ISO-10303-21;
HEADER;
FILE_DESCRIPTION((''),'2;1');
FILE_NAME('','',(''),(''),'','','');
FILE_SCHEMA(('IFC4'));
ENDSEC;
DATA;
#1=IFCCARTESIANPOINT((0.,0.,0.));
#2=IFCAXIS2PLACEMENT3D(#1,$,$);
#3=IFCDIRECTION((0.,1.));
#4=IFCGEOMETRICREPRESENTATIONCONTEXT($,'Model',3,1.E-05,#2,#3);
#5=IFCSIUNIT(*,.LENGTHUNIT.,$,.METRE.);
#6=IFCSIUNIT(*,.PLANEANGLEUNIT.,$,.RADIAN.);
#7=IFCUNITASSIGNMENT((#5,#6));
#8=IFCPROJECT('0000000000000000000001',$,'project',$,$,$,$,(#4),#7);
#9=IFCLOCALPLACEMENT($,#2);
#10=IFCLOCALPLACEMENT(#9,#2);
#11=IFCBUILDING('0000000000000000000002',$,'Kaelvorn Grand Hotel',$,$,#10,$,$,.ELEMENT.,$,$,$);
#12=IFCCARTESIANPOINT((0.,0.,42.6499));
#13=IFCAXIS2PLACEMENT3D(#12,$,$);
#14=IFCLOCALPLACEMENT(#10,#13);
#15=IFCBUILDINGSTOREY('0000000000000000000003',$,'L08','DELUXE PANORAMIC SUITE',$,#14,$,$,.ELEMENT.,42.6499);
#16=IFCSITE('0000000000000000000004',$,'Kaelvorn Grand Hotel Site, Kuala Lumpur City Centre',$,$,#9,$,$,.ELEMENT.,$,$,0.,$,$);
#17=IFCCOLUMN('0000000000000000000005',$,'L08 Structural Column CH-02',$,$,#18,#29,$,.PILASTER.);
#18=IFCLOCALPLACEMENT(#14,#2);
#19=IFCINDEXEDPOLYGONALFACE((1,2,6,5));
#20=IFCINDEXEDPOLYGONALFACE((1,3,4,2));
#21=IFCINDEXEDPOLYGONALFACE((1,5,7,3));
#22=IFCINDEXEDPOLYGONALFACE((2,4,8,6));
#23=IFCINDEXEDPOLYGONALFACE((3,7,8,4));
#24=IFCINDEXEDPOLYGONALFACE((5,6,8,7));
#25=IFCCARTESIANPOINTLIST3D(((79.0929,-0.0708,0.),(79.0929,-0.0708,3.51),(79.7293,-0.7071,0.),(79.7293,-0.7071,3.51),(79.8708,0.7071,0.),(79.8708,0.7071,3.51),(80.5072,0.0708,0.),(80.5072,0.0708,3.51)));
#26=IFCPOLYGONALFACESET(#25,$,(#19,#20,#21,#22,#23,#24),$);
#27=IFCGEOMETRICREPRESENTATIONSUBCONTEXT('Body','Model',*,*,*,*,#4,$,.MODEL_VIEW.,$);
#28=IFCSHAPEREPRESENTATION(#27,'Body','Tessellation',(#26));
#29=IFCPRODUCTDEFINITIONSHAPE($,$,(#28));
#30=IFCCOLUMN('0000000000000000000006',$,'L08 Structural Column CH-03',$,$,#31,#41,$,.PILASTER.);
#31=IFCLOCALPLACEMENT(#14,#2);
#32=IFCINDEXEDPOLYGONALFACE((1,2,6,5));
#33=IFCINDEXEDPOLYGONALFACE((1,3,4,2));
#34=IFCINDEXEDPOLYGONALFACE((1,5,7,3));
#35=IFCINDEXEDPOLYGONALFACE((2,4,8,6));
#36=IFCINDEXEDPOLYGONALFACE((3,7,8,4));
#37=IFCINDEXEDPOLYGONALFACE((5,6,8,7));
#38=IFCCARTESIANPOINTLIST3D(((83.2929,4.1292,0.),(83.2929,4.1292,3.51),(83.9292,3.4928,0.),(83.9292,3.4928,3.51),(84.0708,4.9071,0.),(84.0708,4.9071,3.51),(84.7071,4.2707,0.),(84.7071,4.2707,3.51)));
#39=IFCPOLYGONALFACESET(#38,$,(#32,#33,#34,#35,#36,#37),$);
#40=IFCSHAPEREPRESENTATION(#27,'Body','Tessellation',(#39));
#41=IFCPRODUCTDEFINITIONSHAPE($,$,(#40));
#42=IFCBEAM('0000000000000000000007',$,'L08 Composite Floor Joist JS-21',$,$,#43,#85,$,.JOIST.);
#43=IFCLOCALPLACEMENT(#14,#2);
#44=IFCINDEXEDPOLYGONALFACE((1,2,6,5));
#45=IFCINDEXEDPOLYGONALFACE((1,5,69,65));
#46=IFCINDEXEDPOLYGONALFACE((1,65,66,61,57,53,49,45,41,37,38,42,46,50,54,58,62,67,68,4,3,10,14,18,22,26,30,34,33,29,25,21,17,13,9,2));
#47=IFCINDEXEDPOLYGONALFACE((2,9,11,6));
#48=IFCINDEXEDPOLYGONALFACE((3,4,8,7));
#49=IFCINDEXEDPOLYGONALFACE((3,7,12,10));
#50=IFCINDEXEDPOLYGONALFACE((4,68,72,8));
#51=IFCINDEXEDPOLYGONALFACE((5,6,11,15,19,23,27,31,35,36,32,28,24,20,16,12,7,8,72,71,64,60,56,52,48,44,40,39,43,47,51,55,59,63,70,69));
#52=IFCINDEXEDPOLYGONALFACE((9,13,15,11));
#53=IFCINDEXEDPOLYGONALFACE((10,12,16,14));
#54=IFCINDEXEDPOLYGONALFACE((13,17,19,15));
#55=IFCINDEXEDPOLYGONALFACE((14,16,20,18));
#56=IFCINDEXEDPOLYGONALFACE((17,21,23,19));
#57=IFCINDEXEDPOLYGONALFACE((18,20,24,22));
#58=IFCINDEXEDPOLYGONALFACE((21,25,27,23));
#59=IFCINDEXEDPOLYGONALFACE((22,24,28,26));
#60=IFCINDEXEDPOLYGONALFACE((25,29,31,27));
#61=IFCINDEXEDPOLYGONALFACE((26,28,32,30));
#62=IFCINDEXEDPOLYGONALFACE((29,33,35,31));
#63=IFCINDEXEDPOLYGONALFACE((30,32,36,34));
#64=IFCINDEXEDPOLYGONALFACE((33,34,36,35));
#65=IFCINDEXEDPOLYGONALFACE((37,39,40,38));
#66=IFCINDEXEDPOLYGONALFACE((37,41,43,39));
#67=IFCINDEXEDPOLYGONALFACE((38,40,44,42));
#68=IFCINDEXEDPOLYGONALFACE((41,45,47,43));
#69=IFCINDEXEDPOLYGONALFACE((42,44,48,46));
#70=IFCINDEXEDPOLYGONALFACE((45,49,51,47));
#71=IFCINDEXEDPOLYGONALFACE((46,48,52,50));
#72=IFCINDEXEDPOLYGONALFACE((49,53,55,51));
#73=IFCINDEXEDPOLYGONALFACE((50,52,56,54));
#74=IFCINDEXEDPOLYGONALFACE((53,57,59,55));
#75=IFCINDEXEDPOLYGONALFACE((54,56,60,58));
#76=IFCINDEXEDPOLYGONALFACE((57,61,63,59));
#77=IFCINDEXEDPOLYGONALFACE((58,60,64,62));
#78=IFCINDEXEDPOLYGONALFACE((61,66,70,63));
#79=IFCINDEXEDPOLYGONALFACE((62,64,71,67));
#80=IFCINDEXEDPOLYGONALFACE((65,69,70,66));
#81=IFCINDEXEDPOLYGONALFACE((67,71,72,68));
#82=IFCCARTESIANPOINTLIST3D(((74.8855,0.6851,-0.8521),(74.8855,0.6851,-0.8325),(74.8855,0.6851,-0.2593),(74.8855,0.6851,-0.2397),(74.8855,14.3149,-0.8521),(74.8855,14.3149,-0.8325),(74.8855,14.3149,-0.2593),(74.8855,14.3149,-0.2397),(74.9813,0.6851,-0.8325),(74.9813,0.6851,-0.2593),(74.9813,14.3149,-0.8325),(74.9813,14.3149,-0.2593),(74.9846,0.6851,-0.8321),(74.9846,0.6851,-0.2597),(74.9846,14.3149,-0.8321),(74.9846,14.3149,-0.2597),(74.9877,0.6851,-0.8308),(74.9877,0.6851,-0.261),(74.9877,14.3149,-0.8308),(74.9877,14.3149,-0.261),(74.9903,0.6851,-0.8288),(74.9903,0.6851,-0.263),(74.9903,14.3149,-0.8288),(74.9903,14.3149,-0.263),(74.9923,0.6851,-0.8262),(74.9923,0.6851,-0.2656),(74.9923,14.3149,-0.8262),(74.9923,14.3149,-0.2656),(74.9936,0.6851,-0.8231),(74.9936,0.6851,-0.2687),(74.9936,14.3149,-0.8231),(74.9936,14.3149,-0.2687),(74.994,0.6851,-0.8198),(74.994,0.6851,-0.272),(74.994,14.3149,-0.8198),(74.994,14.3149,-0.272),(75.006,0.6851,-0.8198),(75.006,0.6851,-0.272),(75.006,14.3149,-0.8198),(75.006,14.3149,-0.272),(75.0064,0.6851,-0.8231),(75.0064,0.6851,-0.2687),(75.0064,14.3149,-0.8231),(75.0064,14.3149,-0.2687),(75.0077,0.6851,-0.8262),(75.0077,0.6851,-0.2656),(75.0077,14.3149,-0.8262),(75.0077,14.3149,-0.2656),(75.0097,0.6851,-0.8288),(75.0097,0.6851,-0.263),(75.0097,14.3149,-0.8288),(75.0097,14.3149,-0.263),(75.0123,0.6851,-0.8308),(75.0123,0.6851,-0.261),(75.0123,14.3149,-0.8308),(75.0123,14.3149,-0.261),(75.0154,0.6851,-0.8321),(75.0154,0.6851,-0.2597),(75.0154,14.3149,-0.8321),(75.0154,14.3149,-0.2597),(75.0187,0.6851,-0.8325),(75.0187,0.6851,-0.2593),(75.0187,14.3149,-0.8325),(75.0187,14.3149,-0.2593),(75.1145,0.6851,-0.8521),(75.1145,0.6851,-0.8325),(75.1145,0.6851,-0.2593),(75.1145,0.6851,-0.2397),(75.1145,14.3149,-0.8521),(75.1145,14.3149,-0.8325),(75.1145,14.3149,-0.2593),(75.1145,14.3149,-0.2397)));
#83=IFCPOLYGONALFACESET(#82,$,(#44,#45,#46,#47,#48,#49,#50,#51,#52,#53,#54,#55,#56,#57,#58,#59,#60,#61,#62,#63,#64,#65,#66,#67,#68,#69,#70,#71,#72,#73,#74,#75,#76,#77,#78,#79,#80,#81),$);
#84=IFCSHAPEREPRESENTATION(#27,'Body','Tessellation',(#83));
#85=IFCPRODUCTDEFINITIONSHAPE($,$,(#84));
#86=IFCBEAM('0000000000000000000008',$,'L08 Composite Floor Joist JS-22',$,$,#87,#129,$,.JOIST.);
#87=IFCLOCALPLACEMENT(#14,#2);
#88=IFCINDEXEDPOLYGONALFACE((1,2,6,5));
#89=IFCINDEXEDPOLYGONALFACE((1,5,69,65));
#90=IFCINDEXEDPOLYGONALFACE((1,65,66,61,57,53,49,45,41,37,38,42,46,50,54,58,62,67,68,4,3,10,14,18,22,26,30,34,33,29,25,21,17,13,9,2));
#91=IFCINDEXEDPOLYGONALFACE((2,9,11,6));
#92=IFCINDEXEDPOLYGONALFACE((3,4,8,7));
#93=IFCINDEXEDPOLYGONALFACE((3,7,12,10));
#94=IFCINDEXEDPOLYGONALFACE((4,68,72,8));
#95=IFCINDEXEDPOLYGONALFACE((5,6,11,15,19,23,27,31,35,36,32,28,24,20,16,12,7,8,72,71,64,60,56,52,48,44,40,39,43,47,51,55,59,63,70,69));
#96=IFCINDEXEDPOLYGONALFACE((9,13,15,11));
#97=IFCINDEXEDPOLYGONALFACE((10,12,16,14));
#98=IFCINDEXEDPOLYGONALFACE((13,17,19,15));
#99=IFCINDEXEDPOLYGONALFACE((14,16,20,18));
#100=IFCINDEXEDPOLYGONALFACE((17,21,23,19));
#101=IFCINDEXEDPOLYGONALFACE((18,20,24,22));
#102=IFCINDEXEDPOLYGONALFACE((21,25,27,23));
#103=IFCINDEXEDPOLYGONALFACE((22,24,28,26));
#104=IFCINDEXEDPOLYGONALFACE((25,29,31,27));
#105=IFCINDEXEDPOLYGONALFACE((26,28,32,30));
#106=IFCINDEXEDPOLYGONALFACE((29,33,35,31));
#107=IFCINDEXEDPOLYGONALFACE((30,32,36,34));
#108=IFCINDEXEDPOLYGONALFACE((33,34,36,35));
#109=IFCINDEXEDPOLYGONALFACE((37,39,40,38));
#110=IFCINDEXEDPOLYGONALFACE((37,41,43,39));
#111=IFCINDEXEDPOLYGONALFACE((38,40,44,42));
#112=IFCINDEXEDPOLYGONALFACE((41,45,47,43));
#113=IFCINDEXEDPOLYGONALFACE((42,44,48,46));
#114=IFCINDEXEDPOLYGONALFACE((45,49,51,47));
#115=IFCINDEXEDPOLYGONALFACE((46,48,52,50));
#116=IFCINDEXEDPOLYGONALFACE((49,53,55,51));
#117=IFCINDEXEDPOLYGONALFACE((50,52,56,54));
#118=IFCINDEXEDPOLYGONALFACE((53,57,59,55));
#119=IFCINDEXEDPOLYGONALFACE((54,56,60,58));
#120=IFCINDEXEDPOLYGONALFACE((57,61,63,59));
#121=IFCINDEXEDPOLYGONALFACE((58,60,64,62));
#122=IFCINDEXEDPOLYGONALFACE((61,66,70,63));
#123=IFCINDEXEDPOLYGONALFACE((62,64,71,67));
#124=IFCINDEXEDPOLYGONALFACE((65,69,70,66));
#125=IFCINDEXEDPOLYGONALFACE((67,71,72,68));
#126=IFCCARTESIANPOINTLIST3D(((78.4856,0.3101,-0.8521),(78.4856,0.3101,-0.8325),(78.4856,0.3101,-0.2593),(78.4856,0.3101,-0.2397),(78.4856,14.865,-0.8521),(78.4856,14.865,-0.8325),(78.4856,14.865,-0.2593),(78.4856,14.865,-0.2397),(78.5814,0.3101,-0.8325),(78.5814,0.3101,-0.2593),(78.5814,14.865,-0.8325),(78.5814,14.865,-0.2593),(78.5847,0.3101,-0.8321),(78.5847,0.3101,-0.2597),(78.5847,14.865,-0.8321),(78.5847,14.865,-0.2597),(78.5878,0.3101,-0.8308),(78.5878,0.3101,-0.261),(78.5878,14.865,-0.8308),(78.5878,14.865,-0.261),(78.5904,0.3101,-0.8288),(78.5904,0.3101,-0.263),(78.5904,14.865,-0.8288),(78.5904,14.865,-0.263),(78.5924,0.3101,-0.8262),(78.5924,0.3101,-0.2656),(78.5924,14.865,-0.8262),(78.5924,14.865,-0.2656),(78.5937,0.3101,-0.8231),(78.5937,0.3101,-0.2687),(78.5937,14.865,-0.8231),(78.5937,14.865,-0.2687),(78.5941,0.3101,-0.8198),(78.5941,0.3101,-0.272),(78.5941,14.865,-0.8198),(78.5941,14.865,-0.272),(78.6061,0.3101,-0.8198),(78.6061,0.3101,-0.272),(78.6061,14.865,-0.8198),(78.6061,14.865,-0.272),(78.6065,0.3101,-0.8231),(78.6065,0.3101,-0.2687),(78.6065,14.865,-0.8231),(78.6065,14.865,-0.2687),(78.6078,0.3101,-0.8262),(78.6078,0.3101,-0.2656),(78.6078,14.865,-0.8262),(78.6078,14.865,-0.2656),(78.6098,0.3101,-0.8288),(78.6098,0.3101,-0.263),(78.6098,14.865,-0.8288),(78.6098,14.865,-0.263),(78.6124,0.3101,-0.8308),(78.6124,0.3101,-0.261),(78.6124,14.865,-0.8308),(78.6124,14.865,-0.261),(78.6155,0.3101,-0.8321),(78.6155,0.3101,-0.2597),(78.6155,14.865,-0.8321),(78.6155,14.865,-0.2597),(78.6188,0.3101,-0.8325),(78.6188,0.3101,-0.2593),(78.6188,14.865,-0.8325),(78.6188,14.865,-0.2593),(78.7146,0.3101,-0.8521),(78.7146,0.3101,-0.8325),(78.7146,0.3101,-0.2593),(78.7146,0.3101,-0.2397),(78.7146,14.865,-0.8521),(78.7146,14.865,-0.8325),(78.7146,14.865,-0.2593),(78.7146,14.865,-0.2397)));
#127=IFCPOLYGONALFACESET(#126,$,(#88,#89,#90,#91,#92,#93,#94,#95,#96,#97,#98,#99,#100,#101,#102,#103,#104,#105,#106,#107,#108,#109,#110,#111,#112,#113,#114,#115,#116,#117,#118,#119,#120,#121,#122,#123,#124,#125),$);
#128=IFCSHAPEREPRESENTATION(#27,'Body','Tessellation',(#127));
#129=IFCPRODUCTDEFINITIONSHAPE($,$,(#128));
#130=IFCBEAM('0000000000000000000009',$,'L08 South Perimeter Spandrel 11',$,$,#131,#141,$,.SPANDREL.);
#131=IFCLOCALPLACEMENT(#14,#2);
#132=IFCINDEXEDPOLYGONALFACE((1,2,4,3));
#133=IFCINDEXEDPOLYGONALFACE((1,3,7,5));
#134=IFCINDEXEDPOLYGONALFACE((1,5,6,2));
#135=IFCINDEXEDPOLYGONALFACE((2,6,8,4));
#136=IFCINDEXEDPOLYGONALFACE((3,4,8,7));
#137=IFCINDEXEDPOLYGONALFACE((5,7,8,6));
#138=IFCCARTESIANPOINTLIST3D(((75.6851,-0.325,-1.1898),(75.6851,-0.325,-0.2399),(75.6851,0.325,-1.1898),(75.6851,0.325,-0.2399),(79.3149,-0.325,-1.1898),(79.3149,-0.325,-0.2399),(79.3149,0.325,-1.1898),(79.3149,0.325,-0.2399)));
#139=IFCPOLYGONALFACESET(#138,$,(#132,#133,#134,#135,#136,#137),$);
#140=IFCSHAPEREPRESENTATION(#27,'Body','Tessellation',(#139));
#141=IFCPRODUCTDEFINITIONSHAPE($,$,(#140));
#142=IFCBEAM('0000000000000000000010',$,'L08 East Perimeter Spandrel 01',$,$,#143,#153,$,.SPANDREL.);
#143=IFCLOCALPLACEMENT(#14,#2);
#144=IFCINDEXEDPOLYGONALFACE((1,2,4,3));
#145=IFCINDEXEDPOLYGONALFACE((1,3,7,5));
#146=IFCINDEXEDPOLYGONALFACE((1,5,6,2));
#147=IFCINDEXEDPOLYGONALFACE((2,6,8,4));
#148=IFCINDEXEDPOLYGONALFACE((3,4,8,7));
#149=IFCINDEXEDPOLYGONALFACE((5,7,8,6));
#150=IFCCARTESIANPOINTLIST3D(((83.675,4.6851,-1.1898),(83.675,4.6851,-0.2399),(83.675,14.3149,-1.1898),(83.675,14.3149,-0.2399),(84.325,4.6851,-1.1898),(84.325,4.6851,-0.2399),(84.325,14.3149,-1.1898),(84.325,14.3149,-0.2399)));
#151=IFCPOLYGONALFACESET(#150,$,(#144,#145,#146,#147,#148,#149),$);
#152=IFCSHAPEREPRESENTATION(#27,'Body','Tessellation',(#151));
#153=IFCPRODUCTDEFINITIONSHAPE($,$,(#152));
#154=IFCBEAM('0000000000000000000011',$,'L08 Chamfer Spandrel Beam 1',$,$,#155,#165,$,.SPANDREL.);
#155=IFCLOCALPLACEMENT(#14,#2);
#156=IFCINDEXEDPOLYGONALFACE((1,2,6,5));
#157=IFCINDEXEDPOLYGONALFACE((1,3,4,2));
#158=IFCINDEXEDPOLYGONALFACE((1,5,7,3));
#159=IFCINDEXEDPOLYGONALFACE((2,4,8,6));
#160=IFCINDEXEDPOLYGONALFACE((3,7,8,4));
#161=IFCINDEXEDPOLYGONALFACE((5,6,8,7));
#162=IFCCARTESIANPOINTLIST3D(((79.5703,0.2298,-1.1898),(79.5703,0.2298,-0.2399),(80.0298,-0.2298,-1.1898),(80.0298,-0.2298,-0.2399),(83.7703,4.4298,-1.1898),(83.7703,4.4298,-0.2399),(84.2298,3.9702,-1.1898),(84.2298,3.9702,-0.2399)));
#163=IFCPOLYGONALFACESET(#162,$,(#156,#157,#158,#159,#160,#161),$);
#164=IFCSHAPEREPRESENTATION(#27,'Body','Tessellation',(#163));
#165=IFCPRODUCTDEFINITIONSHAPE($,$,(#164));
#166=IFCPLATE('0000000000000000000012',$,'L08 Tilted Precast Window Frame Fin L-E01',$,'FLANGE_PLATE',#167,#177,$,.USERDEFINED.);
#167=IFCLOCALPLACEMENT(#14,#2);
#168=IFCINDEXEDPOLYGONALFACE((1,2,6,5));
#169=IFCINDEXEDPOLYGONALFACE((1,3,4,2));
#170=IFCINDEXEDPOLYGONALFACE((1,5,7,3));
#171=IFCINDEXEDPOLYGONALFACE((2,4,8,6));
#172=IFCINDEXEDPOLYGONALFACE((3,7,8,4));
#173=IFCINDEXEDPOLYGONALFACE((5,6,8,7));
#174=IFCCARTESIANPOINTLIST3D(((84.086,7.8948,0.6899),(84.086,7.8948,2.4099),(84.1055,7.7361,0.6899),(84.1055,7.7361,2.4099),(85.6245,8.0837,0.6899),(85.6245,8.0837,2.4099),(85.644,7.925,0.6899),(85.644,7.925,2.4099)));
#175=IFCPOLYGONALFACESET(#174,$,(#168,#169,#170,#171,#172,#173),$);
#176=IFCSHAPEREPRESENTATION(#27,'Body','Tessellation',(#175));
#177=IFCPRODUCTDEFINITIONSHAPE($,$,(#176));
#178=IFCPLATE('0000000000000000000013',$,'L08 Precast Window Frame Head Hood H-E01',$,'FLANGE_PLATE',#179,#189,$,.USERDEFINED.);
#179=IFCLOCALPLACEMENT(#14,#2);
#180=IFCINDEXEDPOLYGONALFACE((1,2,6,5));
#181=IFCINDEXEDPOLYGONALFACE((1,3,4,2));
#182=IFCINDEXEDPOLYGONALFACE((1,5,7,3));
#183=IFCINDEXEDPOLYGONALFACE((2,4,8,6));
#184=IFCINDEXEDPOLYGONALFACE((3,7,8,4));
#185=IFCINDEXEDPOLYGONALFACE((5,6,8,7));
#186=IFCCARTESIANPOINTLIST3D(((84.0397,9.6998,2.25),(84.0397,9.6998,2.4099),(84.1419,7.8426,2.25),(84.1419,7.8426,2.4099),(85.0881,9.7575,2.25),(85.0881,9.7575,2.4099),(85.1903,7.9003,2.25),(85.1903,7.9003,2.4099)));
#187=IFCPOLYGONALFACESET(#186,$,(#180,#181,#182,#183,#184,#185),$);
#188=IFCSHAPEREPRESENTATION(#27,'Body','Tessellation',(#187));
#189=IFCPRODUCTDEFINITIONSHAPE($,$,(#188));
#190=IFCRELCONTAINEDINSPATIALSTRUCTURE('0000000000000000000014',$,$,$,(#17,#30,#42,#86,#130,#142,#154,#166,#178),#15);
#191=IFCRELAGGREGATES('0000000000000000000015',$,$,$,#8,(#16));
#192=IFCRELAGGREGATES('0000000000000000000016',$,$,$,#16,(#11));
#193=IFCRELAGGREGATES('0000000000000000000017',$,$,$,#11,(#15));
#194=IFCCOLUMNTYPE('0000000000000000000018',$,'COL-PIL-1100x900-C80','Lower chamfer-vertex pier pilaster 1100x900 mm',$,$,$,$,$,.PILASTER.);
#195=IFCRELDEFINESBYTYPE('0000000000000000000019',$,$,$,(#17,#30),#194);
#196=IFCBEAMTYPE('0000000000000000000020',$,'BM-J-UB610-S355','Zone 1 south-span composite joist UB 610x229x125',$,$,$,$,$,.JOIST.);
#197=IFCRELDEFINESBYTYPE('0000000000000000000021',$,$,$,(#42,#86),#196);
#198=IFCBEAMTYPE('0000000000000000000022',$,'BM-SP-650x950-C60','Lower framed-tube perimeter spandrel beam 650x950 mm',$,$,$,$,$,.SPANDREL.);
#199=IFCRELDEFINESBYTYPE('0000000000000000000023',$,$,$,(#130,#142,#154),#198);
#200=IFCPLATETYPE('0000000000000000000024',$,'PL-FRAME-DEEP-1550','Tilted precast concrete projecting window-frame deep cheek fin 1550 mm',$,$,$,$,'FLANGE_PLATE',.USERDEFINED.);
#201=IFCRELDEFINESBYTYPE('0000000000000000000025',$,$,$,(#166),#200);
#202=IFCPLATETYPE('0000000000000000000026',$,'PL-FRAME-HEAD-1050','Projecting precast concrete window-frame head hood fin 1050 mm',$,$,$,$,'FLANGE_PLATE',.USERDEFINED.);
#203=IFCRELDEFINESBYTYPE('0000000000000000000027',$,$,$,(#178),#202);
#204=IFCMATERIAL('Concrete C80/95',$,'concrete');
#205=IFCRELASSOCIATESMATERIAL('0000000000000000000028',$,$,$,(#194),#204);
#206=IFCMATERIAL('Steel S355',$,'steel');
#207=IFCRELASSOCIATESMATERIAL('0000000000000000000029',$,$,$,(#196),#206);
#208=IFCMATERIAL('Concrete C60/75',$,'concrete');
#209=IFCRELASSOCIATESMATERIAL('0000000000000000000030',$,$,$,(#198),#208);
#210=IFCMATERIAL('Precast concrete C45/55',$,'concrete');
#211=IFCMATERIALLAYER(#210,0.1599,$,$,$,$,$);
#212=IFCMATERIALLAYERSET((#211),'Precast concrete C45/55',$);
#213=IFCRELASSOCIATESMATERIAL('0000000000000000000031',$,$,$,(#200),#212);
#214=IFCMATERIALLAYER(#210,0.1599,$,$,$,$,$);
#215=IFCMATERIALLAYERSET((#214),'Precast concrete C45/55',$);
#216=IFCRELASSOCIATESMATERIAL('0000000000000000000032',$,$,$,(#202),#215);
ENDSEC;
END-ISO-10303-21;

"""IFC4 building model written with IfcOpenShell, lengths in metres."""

from ifc_helpers import new_model, si_unit, direction, frame, origin, origin_2d, place, context, subcontext, project, spatial, rectangle, i_section, extrude, material, layer, layer_set, material_profile, profile_set, type_object, element, save


model = new_model("IFC4")

# Units and contexts
model_context = context("Model", 3, precision=1e-05, world=origin(), true_north=direction((0.0, 1.0)))
body_context = subcontext(model_context, "Body", "Model", "MODEL_VIEW")
ifc_project = project(units=[si_unit("LENGTHUNIT", "METRE"), si_unit("PLANEANGLEUNIT", "RADIAN")], contexts=[model_context])

# Site, building, storey
site_placement = place(None, origin())
site = spatial("IfcSite", under=ifc_project, at=site_placement, Name="Kaelvorn Grand Hotel Site, Kuala Lumpur City Centre", CompositionType="ELEMENT", RefElevation=0.0)
building_placement = place(site_placement, origin())
building = spatial("IfcBuilding", under=site, at=building_placement, Name="Kaelvorn Grand Hotel", CompositionType="ELEMENT")
storey_placement = place(building_placement, frame((0.0, 0.0, 42.6499)))
storey = spatial("IfcBuildingStorey", under=building, at=storey_placement, Name="L08", Description="DELUXE PANORAMIC SUITE", CompositionType="ELEMENT", Elevation=42.6499)

# Columns
ifc_material_1 = material(Name="Concrete C80/95", Category="concrete")
ifc_material_profile_1 = material_profile(ifc_material_1, rectangle(XDim=1.1001, YDim=0.8999, at=origin_2d()), Name="RC PILASTER 1100x900")
ifc_profile_set_1 = profile_set([ifc_material_profile_1], Name="Concrete C80/95")
column_type = type_object("IfcColumnType", Name="COL-PIL-1100x900-C80", Description="Lower chamfer-vertex pier pilaster 1100x900 mm", PredefinedType="PILASTER", material=ifc_profile_set_1)
for number, where, z_axis, x_axis, name in (
    (1, (79.8, 0.0, 0.0), (0.0, 0.0, 1.0), (0.707107, 0.707107, 0.0), "L08 Structural Column CH-02"),
    (2, (84.0, 4.2, 0.0), (0.0, 0.0, 1.0), (0.707107, 0.707107, 0.0), "L08 Structural Column CH-03"),
):
    element("IfcColumn", number, at=place(storey_placement, frame(where, z_axis=z_axis, x_axis=x_axis)), inside=storey, type_object=column_type, Name=name, PredefinedType="PILASTER", context=body_context, shape_type="SweptSolid", body=[
        extrude(rectangle(XDim=1.1001, YDim=0.8999, at=origin_2d()), origin(), (0.0, 0.0, 1.0), 3.51),
    ])

# Beams
ifc_material_2 = material(Name="Steel S355", Category="steel")
ifc_material_profile_2 = material_profile(ifc_material_2, i_section(OverallWidth=0.229, OverallDepth=0.6123, WebThickness=0.012, FlangeThickness=0.0195, FilletRadius=0.0127, at=origin_2d()), Name="UB 610x229x125")
ifc_profile_set_2 = profile_set([ifc_material_profile_2], Name="Steel S355")
beam_type_1 = type_object("IfcBeamType", Name="BM-J-UB610-S355", Description="Zone 1 south-span composite joist UB 610x229x125", PredefinedType="JOIST", material=ifc_profile_set_2)
beam_1_placement = place(storey_placement, frame((75.0, 0.6851, -0.5459), z_axis=(0.0, 1.0, 0.0), x_axis=(-1.0, 0.0, 0.0)))
element("IfcBeam", 3, at=beam_1_placement, inside=storey, type_object=beam_type_1, Name="L08 Composite Floor Joist JS-21", PredefinedType="JOIST", context=body_context, shape_type="SweptSolid", body=[
    extrude(i_section(OverallWidth=0.229, OverallDepth=0.6123, WebThickness=0.012, FlangeThickness=0.0195, FilletRadius=0.0127, at=origin_2d()), origin(), (0.0, 0.0, 1.0), 13.6299),
])
beam_2_placement = place(storey_placement, frame((78.6001, 0.3101, -0.5459), z_axis=(0.0, 1.0, 0.0), x_axis=(-1.0, 0.0, 0.0)))
element("IfcBeam", 4, at=beam_2_placement, inside=storey, type_object=beam_type_1, Name="L08 Composite Floor Joist JS-22", PredefinedType="JOIST", context=body_context, shape_type="SweptSolid", body=[
    extrude(i_section(OverallWidth=0.229, OverallDepth=0.6123, WebThickness=0.012, FlangeThickness=0.0195, FilletRadius=0.0127, at=origin_2d()), origin(), (0.0, 0.0, 1.0), 14.5549),
])
ifc_material_3 = material(Name="Concrete C60/75", Category="concrete")
ifc_material_profile_3 = material_profile(ifc_material_3, rectangle(XDim=0.6499, YDim=0.95, at=origin_2d()), Name="RC SPANDREL 650x950")
ifc_profile_set_3 = profile_set([ifc_material_profile_3], Name="Concrete C60/75")
beam_type_2 = type_object("IfcBeamType", Name="BM-SP-650x950-C60", Description="Lower framed-tube perimeter spandrel beam 650x950 mm", PredefinedType="SPANDREL", material=ifc_profile_set_3)
beam_3_placement = place(storey_placement, frame((75.6851, 0.0, -0.7148), z_axis=(1.0, 0.0, 0.0), x_axis=(0.0, 1.0, 0.0)))
element("IfcBeam", 5, at=beam_3_placement, inside=storey, type_object=beam_type_2, Name="L08 South Perimeter Spandrel 11", PredefinedType="SPANDREL", context=body_context, shape_type="SweptSolid", body=[
    extrude(rectangle(XDim=0.6499, YDim=0.95, at=origin_2d()), origin(), (0.0, 0.0, 1.0), 3.6299),
])
beam_4_placement = place(storey_placement, frame((84.0, 4.6851, -0.7148), z_axis=(0.0, 1.0, 0.0), x_axis=(-1.0, 0.0, 0.0)))
element("IfcBeam", 6, at=beam_4_placement, inside=storey, type_object=beam_type_2, Name="L08 East Perimeter Spandrel 01", PredefinedType="SPANDREL", context=body_context, shape_type="SweptSolid", body=[
    extrude(rectangle(XDim=0.6499, YDim=0.95, at=origin_2d()), origin(), (0.0, 0.0, 1.0), 9.6299),
])
beam_5_placement = place(storey_placement, frame((79.8, 0.0, -0.7148), z_axis=(0.707107, 0.707107, 0.0), x_axis=(-0.707107, 0.707107, 0.0)))
element("IfcBeam", 7, at=beam_5_placement, inside=storey, type_object=beam_type_2, Name="L08 Chamfer Spandrel Beam 1", PredefinedType="SPANDREL", context=body_context, shape_type="SweptSolid", body=[
    extrude(rectangle(XDim=0.6499, YDim=0.95, at=origin_2d()), origin(), (0.0, 0.0, 1.0), 5.9397),
])

# Plates
ifc_material_4 = material(Name="Precast concrete C45/55", Category="concrete")
ifc_layer_1 = layer(ifc_material_4, 0.1599)
ifc_layer_set_1 = layer_set([ifc_layer_1], Name="Precast concrete C45/55")
plate_type_1 = type_object("IfcPlateType", Name="PL-FRAME-DEEP-1550", Description="Tilted precast concrete projecting window-frame deep cheek fin 1550 mm", ElementType="FLANGE_PLATE", PredefinedType="USERDEFINED", material=ifc_layer_set_1)
plate_1_placement = place(storey_placement, frame((84.865, 7.9099, 0.6899), z_axis=(0.0, 0.0, 1.0), x_axis=(-0.121869, 0.992546, 0.0)))
element("IfcPlate", 8, at=plate_1_placement, inside=storey, type_object=plate_type_1, Name="L08 Tilted Precast Window Frame Fin L-E01", ObjectType="FLANGE_PLATE", PredefinedType="USERDEFINED", context=body_context, shape_type="SweptSolid", body=[
    extrude(rectangle(XDim=0.1599, YDim=1.55, at=origin_2d()), origin(), (0.0, 0.0, 1.0), 1.72),
])
ifc_layer_2 = layer(ifc_material_4, 0.1599)
ifc_layer_set_2 = layer_set([ifc_layer_2], Name="Precast concrete C45/55")
plate_type_2 = type_object("IfcPlateType", Name="PL-FRAME-HEAD-1050", Description="Projecting precast concrete window-frame head hood fin 1050 mm", ElementType="FLANGE_PLATE", PredefinedType="USERDEFINED", material=ifc_layer_set_2)
plate_2_placement = place(storey_placement, frame((84.615, 8.8, 2.25), z_axis=(0.0, 0.0, 1.0), x_axis=(-0.05495, 0.998489, 0.0)))
element("IfcPlate", 9, at=plate_2_placement, inside=storey, type_object=plate_type_2, Name="L08 Precast Window Frame Head Hood H-E01", ObjectType="FLANGE_PLATE", PredefinedType="USERDEFINED", context=body_context, shape_type="SweptSolid", body=[
    extrude(rectangle(XDim=1.8601, YDim=1.05, at=origin_2d()), origin(), (0.0, 0.0, 1.0), 0.1599),
])

save(model, "model.ifc")
